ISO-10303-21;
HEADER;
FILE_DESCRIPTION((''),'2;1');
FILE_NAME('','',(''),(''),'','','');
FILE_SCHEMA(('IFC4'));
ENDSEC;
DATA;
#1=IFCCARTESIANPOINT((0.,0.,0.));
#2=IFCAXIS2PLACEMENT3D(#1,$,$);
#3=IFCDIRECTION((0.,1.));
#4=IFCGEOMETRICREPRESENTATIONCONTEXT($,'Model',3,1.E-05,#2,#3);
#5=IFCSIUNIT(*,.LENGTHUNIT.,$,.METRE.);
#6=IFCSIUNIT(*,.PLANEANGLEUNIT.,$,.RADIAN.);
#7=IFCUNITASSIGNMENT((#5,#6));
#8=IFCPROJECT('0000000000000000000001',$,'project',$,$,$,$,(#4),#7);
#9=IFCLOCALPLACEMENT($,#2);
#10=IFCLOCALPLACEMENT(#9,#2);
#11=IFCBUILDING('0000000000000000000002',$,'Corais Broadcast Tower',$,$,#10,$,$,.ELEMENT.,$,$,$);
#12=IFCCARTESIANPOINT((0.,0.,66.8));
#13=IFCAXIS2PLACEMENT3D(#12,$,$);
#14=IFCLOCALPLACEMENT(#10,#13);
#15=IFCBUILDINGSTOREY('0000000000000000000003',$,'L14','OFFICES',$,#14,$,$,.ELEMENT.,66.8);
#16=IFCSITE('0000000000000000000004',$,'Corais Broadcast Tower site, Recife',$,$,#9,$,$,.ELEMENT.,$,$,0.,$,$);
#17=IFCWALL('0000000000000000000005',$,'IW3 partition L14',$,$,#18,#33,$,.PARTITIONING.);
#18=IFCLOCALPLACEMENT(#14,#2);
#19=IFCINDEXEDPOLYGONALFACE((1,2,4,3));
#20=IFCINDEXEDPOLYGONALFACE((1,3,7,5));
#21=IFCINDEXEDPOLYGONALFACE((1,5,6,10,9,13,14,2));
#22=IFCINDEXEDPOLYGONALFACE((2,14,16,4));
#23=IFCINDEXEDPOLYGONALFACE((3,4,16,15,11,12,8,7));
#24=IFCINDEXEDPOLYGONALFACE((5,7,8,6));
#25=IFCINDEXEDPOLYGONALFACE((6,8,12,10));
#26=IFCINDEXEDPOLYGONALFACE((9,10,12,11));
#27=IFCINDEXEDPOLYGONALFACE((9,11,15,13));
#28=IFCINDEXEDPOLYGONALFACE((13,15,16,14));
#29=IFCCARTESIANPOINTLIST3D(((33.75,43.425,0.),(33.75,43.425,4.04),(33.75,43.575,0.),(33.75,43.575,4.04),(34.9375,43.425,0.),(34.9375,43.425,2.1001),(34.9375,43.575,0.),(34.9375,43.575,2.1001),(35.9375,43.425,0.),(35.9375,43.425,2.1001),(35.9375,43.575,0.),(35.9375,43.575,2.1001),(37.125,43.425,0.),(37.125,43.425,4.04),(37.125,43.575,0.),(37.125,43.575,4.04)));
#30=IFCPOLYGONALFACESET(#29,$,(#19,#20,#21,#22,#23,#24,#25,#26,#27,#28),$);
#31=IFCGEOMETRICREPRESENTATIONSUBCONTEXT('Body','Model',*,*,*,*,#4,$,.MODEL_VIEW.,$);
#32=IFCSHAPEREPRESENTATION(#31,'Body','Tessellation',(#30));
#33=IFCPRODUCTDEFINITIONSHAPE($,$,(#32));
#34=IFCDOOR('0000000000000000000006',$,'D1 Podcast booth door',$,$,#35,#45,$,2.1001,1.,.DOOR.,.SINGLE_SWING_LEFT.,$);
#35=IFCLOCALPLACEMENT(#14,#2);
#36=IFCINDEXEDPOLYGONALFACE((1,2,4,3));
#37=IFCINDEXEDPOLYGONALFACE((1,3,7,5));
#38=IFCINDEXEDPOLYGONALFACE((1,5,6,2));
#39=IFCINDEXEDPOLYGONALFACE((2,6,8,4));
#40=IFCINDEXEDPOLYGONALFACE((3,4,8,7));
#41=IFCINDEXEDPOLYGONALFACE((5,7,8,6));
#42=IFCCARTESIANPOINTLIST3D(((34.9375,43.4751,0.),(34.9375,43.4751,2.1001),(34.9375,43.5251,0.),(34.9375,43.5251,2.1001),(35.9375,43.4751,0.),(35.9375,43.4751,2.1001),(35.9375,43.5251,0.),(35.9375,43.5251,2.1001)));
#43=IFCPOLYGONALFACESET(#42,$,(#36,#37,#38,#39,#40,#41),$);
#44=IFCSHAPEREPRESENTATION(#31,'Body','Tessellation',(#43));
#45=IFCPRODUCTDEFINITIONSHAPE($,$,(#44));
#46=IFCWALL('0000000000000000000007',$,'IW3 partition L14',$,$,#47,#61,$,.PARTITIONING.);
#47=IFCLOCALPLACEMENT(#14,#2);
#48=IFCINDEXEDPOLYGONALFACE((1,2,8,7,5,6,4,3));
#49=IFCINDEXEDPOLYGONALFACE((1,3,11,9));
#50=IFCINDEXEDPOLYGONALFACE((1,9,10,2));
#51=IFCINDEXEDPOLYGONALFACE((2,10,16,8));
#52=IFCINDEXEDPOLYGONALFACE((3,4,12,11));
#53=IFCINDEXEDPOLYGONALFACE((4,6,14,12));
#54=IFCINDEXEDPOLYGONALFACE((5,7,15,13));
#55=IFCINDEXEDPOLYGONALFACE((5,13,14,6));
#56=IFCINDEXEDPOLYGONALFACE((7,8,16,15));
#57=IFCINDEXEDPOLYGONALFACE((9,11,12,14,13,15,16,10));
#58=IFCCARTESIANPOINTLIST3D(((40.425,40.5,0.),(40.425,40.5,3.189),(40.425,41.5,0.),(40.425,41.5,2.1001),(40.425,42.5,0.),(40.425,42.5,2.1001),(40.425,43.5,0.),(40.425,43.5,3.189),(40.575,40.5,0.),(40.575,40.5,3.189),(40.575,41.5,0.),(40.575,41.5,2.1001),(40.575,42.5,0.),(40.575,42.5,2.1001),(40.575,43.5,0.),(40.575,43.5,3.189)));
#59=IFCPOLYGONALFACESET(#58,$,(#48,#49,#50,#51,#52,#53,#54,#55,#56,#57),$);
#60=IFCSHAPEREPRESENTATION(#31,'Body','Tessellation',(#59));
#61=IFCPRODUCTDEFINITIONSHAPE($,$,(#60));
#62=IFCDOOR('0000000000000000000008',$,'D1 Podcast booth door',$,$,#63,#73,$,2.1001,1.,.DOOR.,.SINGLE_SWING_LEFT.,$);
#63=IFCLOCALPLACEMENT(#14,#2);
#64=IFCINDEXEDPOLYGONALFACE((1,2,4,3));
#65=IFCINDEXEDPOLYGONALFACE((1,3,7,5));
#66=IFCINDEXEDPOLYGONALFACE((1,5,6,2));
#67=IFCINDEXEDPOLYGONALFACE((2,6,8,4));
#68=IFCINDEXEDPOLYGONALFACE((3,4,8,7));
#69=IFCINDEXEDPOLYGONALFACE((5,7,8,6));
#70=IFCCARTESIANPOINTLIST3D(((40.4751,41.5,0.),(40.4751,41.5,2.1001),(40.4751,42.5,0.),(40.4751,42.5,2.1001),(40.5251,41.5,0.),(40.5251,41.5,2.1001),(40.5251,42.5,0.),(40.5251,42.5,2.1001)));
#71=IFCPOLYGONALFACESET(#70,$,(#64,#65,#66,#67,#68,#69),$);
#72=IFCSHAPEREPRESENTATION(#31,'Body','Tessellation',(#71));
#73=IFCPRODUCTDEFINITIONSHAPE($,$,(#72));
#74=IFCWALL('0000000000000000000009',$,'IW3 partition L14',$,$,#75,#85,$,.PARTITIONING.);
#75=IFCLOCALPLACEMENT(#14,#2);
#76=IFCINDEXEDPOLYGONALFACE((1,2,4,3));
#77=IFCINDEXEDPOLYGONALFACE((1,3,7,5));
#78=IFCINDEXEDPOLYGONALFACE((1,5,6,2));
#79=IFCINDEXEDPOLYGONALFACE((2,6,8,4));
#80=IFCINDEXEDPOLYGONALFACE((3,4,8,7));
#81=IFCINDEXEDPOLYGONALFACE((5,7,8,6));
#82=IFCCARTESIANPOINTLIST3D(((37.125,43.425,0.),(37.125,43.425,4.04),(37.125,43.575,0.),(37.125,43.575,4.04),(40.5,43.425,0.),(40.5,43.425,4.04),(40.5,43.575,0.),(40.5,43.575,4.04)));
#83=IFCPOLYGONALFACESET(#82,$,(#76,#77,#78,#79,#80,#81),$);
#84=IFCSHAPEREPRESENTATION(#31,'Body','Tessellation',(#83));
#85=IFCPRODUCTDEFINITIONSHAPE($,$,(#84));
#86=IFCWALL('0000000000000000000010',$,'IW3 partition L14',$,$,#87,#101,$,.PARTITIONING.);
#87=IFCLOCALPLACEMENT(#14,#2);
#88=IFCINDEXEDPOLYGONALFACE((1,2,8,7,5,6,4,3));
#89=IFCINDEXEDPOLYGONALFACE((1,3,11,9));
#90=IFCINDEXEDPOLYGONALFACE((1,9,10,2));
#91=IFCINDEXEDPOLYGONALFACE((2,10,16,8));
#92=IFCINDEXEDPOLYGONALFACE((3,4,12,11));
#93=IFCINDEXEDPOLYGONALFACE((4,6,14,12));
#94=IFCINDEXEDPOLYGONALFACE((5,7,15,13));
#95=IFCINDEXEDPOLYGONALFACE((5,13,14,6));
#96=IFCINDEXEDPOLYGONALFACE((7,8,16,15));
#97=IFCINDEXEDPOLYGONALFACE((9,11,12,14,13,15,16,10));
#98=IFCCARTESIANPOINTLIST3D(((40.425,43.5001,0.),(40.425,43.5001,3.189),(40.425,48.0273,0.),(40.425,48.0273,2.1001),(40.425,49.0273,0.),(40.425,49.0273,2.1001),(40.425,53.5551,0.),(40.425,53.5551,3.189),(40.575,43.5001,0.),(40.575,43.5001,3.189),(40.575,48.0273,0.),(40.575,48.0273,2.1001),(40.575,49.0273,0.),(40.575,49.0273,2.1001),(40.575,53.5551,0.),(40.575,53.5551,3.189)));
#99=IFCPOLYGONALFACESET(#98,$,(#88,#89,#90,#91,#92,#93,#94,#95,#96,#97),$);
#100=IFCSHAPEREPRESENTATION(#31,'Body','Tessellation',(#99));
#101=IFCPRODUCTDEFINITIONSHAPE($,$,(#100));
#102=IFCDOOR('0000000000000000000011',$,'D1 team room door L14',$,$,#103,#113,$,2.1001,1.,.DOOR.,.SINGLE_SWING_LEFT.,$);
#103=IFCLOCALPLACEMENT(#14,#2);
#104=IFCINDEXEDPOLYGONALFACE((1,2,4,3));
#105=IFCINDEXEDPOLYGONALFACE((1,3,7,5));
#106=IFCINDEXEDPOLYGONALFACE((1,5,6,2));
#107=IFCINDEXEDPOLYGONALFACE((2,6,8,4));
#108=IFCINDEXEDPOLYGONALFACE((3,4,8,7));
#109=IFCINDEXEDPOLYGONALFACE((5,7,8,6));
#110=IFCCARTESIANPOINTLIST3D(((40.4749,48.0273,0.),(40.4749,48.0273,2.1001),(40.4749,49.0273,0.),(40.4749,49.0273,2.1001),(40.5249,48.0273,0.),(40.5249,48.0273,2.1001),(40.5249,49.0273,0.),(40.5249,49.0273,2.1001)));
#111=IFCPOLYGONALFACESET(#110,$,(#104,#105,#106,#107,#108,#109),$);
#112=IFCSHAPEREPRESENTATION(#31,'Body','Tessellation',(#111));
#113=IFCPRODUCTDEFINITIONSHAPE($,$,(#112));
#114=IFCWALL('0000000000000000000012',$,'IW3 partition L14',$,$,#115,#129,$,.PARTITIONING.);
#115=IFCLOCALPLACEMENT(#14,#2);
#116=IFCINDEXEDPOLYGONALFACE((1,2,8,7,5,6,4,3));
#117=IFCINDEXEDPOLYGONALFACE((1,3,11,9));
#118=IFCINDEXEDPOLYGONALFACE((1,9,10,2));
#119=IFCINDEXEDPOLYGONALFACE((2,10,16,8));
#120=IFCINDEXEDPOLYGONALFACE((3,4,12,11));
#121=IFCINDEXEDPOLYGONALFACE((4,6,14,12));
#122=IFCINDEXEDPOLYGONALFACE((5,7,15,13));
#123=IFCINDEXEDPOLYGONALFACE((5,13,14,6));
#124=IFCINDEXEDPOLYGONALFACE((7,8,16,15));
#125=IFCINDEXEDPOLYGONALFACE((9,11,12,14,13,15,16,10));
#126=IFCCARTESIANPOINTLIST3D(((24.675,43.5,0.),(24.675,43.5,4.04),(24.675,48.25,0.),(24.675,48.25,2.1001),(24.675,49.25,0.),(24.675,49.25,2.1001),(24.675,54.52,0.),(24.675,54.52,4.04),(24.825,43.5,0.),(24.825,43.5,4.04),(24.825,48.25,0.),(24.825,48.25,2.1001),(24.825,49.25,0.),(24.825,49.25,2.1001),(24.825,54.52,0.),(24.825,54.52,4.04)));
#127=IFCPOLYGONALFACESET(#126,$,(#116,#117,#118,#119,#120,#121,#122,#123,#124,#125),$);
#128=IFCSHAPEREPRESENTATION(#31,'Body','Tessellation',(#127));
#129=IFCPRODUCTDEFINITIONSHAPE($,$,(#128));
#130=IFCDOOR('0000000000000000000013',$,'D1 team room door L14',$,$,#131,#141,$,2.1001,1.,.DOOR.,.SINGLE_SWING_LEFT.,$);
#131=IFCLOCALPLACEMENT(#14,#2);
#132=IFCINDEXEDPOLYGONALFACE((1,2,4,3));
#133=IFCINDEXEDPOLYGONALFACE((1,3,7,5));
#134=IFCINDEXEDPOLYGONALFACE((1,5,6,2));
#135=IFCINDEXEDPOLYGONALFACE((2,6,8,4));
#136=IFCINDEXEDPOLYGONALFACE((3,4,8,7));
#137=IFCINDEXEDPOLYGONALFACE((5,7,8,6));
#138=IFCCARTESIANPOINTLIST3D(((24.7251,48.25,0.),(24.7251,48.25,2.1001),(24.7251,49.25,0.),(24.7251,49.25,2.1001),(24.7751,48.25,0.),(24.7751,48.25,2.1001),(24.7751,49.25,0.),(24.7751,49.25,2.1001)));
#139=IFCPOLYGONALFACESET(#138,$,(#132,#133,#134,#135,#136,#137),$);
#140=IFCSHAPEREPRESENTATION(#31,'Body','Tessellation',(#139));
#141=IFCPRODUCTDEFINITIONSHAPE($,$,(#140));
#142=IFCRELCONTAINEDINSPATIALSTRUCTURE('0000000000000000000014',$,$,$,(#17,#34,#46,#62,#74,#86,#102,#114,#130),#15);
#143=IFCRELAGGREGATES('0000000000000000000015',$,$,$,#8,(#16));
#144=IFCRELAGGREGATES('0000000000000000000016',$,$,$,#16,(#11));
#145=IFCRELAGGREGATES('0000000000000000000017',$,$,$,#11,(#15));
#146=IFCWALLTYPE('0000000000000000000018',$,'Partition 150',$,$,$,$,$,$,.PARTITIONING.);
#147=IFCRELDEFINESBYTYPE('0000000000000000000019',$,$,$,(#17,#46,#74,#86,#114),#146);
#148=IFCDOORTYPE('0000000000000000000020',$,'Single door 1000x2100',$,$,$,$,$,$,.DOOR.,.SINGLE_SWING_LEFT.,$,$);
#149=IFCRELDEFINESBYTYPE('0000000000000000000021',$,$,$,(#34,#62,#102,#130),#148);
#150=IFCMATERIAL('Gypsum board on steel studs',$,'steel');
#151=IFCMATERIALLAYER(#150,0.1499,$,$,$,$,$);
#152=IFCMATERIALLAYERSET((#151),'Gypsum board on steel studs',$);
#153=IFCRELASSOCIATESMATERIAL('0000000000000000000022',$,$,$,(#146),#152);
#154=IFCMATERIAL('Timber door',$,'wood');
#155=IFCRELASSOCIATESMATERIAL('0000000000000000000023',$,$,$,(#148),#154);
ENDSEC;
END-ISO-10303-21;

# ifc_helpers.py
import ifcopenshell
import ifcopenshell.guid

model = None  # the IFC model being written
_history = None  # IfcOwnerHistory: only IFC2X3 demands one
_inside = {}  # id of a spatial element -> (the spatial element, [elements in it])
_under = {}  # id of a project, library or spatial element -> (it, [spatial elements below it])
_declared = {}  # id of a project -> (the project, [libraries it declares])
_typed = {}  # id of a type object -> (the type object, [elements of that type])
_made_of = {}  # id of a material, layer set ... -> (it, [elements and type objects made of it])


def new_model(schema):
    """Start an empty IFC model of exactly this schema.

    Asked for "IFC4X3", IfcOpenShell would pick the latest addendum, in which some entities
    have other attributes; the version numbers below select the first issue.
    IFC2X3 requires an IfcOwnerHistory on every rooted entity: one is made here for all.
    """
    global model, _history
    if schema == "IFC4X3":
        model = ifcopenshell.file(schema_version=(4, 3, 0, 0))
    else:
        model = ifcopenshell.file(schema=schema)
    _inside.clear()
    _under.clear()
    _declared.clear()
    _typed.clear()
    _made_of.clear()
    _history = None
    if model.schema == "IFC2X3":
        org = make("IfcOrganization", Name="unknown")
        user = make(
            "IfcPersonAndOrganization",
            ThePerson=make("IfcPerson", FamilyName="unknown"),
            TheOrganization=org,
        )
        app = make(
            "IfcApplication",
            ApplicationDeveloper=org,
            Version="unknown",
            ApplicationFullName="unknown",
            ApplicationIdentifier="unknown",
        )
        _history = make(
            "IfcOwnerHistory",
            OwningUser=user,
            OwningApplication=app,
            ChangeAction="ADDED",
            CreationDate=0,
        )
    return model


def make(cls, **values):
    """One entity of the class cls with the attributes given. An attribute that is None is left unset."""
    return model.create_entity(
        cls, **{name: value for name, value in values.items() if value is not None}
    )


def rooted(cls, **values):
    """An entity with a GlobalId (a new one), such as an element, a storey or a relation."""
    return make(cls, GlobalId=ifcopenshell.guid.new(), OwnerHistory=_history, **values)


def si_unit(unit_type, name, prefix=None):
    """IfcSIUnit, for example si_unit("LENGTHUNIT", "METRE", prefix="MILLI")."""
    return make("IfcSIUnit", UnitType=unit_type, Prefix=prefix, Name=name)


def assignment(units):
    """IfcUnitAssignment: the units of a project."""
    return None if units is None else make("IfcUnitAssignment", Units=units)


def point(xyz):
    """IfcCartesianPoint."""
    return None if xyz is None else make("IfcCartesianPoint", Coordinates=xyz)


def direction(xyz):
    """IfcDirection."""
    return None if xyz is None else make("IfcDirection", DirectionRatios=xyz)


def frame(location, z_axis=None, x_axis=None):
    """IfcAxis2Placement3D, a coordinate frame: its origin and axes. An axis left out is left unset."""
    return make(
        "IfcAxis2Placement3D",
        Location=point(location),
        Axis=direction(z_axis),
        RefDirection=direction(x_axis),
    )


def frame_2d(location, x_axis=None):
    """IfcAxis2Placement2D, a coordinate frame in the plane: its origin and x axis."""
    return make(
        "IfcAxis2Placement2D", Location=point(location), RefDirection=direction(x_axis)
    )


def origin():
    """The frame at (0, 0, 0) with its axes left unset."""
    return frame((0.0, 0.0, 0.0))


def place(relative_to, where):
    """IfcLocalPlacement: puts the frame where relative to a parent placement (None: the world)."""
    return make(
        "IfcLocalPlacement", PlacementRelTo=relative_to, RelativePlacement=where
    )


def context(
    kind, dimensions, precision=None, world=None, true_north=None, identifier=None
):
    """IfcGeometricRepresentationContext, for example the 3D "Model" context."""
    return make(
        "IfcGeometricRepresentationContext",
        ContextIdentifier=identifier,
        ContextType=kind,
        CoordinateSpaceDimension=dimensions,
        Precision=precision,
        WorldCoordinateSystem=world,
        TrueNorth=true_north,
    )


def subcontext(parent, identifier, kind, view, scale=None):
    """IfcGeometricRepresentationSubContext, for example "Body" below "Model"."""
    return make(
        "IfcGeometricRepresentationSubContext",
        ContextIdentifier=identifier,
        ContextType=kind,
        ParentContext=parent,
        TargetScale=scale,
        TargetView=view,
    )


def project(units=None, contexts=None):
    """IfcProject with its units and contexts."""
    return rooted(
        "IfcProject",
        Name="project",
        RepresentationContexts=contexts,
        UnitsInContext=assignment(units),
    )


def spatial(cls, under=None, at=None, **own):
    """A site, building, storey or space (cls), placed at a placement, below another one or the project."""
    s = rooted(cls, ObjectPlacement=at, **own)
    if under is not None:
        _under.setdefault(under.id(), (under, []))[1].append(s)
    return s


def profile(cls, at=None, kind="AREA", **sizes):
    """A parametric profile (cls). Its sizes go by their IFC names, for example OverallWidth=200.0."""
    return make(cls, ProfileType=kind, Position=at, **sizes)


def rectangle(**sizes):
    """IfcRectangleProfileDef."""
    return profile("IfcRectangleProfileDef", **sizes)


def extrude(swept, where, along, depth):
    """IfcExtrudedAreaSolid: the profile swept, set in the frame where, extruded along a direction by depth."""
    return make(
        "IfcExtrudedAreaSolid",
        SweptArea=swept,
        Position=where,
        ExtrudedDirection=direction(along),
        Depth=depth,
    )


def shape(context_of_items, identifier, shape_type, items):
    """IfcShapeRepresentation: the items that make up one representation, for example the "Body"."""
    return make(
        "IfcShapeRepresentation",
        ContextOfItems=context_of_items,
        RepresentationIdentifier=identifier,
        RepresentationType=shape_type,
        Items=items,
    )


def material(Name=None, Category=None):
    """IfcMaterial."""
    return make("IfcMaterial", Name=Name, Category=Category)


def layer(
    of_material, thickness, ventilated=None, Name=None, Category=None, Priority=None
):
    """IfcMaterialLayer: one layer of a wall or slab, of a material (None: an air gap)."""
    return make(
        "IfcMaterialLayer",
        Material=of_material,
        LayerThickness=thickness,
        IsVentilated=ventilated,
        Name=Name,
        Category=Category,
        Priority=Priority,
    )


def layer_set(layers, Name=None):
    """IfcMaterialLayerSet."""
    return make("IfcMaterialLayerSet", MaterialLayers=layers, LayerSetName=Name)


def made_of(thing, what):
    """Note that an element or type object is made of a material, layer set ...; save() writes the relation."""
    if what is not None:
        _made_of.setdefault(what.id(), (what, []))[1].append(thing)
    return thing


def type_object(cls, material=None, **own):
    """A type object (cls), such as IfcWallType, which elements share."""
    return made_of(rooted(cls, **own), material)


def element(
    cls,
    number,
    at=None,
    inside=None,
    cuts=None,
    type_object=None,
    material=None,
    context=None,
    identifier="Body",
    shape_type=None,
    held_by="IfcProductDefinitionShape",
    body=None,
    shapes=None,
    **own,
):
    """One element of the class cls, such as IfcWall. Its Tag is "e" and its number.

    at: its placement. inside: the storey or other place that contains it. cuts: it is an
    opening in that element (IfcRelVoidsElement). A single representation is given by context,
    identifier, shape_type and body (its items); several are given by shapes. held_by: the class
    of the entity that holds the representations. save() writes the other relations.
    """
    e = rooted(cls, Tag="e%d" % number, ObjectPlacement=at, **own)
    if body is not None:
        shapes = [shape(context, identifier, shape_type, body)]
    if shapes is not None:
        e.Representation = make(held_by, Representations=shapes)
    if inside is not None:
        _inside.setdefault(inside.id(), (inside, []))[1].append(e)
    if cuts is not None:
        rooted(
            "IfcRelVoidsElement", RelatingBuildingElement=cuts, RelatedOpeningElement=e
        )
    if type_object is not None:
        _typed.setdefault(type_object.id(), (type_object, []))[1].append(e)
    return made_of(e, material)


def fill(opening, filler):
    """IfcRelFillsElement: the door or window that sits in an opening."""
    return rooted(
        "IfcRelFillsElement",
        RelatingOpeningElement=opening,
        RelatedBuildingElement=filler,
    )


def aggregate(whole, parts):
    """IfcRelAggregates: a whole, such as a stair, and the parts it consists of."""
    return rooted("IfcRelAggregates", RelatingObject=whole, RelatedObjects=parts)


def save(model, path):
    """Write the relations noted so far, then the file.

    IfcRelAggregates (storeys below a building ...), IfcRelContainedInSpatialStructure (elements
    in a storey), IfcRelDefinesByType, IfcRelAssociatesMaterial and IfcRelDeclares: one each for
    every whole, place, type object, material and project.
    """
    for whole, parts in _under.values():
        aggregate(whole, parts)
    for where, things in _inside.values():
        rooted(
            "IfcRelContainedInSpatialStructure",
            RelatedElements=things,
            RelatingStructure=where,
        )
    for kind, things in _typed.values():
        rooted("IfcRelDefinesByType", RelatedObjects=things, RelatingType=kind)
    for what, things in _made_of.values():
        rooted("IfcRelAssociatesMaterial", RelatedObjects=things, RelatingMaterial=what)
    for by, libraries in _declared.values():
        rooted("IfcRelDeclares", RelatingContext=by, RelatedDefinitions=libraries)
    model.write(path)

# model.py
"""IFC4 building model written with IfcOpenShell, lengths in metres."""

from ifc_helpers import new_model, si_unit, direction, frame, frame_2d, origin, place, context, subcontext, project, spatial, rectangle, extrude, material, layer, layer_set, type_object, element, fill, save


model = new_model("IFC4")

# Units and contexts
model_context = context("Model", 3, precision=1e-05, world=origin(), true_north=direction((0.0, 1.0)))
body_context = subcontext(model_context, "Body", "Model", "MODEL_VIEW")
ifc_project = project(units=[si_unit("LENGTHUNIT", "METRE"), si_unit("PLANEANGLEUNIT", "RADIAN")], contexts=[model_context])

# Site, building, storey
site_placement = place(None, origin())
site = spatial("IfcSite", under=ifc_project, at=site_placement, Name="Corais Broadcast Tower site, Recife", CompositionType="ELEMENT", RefElevation=0.0)
building_placement = place(site_placement, origin())
building = spatial("IfcBuilding", under=site, at=building_placement, Name="Corais Broadcast Tower", CompositionType="ELEMENT")
storey_placement = place(building_placement, frame((0.0, 0.0, 66.8)))
storey = spatial("IfcBuildingStorey", under=building, at=storey_placement, Name="L14", Description="OFFICES", CompositionType="ELEMENT", Elevation=66.8)

# Shared definitions
ifc_material_1 = material(Name="Gypsum board on steel studs", Category="steel")
ifc_layer_1 = layer(ifc_material_1, 0.1499)
ifc_layer_set_1 = layer_set([ifc_layer_1], Name="Gypsum board on steel studs")
wall_type_1 = type_object("IfcWallType", Name="Partition 150", PredefinedType="PARTITIONING", material=ifc_layer_set_1)

# Shared definitions
ifc_material_2 = material(Name="Timber door", Category="wood")
door_type = type_object("IfcDoorType", Name="Single door 1000x2100", OperationType="SINGLE_SWING_LEFT", PredefinedType="DOOR", material=ifc_material_2)

# Walls, openings, doors
wall_1_placement = place(storey_placement, frame((37.125, 43.5, 0.0), z_axis=(0.0, 0.0, 1.0), x_axis=(-1.0, 0.0, 0.0)))
wall_1 = element("IfcWall", 1, at=wall_1_placement, inside=storey, type_object=wall_type_1, Name="IW3 partition L14", PredefinedType="PARTITIONING", context=body_context, shape_type="SweptSolid", body=[
    extrude(rectangle(XDim=3.375, YDim=0.1499, at=frame_2d((1.6875, 0.0))), origin(), (0.0, 0.0, 1.0), 4.04),
])
opening_1_placement = place(wall_1_placement, frame((1.1875, 0.0, 0.0)))
opening_1 = element("IfcOpeningElement", 2, at=opening_1_placement, cuts=wall_1, PredefinedType="OPENING", context=body_context, shape_type="SweptSolid", body=[
    extrude(rectangle(XDim=1.0, YDim=2.1001, at=frame_2d((0.5, 1.05))), frame((0.0, 0.085, 0.0), z_axis=(0.0, -1.0, 0.0), x_axis=(1.0, 0.0, 0.0)), (0.0, 0.0, 1.0), 0.1699),
])
door_1_placement = place(opening_1_placement, origin())
door_1 = element("IfcDoor", 3, at=door_1_placement, inside=storey, type_object=door_type, Name="D1 Podcast booth door", OperationType="SINGLE_SWING_LEFT", OverallHeight=2.1001, OverallWidth=1.0, PredefinedType="DOOR", context=body_context, shape_type="SweptSolid", body=[
    extrude(rectangle(XDim=1.0, YDim=2.1001, at=frame_2d((0.5, 1.05))), frame((0.0, 0.0249, 0.0), z_axis=(0.0, -1.0, 0.0), x_axis=(1.0, 0.0, 0.0)), (0.0, 0.0, 1.0), 0.05),
])
fill(opening_1, door_1)
wall_2_placement = place(storey_placement, frame((40.5, 40.5, 0.0), z_axis=(0.0, 0.0, 1.0), x_axis=(0.0, 1.0, 0.0)))
wall_2 = element("IfcWall", 4, at=wall_2_placement, inside=storey, type_object=wall_type_1, Name="IW3 partition L14", PredefinedType="PARTITIONING", context=body_context, shape_type="SweptSolid", body=[
    extrude(rectangle(XDim=3.0, YDim=0.1499, at=frame_2d((1.5, 0.0))), origin(), (0.0, 0.0, 1.0), 3.189),
])
opening_2_placement = place(wall_2_placement, frame((1.0, 0.0, 0.0)))
opening_2 = element("IfcOpeningElement", 5, at=opening_2_placement, cuts=wall_2, PredefinedType="OPENING", context=body_context, shape_type="SweptSolid", body=[
    extrude(rectangle(XDim=1.0, YDim=2.1001, at=frame_2d((0.5, 1.05))), frame((0.0, 0.085, 0.0), z_axis=(0.0, -1.0, 0.0), x_axis=(1.0, 0.0, 0.0)), (0.0, 0.0, 1.0), 0.1699),
])
door_2_placement = place(opening_2_placement, origin())
door_2 = element("IfcDoor", 6, at=door_2_placement, inside=storey, type_object=door_type, Name="D1 Podcast booth door", OperationType="SINGLE_SWING_LEFT", OverallHeight=2.1001, OverallWidth=1.0, PredefinedType="DOOR", context=body_context, shape_type="SweptSolid", body=[
    extrude(rectangle(XDim=1.0, YDim=2.1001, at=frame_2d((0.5, 1.05))), frame((0.0, 0.0249, 0.0), z_axis=(0.0, -1.0, 0.0), x_axis=(1.0, 0.0, 0.0)), (0.0, 0.0, 1.0), 0.05),
])
fill(opening_2, door_2)

# Wall
wall_3_placement = place(storey_placement, frame((40.5, 43.5, 0.0), z_axis=(0.0, 0.0, 1.0), x_axis=(-1.0, 0.0, 0.0)))
element("IfcWall", 7, at=wall_3_placement, inside=storey, type_object=wall_type_1, Name="IW3 partition L14", PredefinedType="PARTITIONING", context=body_context, shape_type="SweptSolid", body=[
    extrude(rectangle(XDim=3.375, YDim=0.1499, at=frame_2d((1.6875, 0.0))), origin(), (0.0, 0.0, 1.0), 4.04),
])

# Walls, openings, doors
wall_4_placement = place(storey_placement, frame((40.5, 53.5549, 0.0), z_axis=(0.0, 0.0, 1.0), x_axis=(0.0, -1.0, 0.0)))
wall_4 = element("IfcWall", 8, at=wall_4_placement, inside=storey, type_object=wall_type_1, Name="IW3 partition L14", PredefinedType="PARTITIONING", context=body_context, shape_type="SweptSolid", body=[
    extrude(rectangle(XDim=10.0549, YDim=0.1499, at=frame_2d((5.0273, 0.0))), origin(), (0.0, 0.0, 1.0), 3.189),
])
opening_3_placement = place(wall_4_placement, frame((4.5276, 0.0, 0.0)))
opening_3 = element("IfcOpeningElement", 9, at=opening_3_placement, cuts=wall_4, PredefinedType="OPENING", context=body_context, shape_type="SweptSolid", body=[
    extrude(rectangle(XDim=1.0, YDim=2.1001, at=frame_2d((0.5, 1.05))), frame((0.0, 0.085, 0.0), z_axis=(0.0, -1.0, 0.0), x_axis=(1.0, 0.0, 0.0)), (0.0, 0.0, 1.0), 0.1699),
])
door_3_placement = place(opening_3_placement, origin())
door_3 = element("IfcDoor", 10, at=door_3_placement, inside=storey, type_object=door_type, Name="D1 team room door L14", OperationType="SINGLE_SWING_LEFT", OverallHeight=2.1001, OverallWidth=1.0, PredefinedType="DOOR", context=body_context, shape_type="SweptSolid", body=[
    extrude(rectangle(XDim=1.0, YDim=2.1001, at=frame_2d((0.5, 1.05))), frame((0.0, 0.0249, 0.0), z_axis=(0.0, -1.0, 0.0), x_axis=(1.0, 0.0, 0.0)), (0.0, 0.0, 1.0), 0.05),
])
fill(opening_3, door_3)
wall_5_placement = place(storey_placement, frame((24.75, 43.5, 0.0), z_axis=(0.0, 0.0, 1.0), x_axis=(0.0, 1.0, 0.0)))
wall_5 = element("IfcWall", 11, at=wall_5_placement, inside=storey, type_object=wall_type_1, Name="IW3 partition L14", PredefinedType="PARTITIONING", context=body_context, shape_type="SweptSolid", body=[
    extrude(rectangle(XDim=11.02, YDim=0.1499, at=frame_2d((5.51, 0.0))), origin(), (0.0, 0.0, 1.0), 4.04),
])
opening_4_placement = place(wall_5_placement, frame((4.75, 0.0, 0.0)))
opening_4 = element("IfcOpeningElement", 12, at=opening_4_placement, cuts=wall_5, PredefinedType="OPENING", context=body_context, shape_type="SweptSolid", body=[
    extrude(rectangle(XDim=1.0, YDim=2.1001, at=frame_2d((0.5, 1.05))), frame((0.0, 0.085, 0.0), z_axis=(0.0, -1.0, 0.0), x_axis=(1.0, 0.0, 0.0)), (0.0, 0.0, 1.0), 0.1699),
])
door_4_placement = place(opening_4_placement, origin())
door_4 = element("IfcDoor", 13, at=door_4_placement, inside=storey, type_object=door_type, Name="D1 team room door L14", OperationType="SINGLE_SWING_LEFT", OverallHeight=2.1001, OverallWidth=1.0, PredefinedType="DOOR", context=body_context, shape_type="SweptSolid", body=[
    extrude(rectangle(XDim=1.0, YDim=2.1001, at=frame_2d((0.5, 1.05))), frame((0.0, 0.0249, 0.0), z_axis=(0.0, -1.0, 0.0), x_axis=(1.0, 0.0, 0.0)), (0.0, 0.0, 1.0), 0.05),
])
fill(opening_4, door_4)

save(model, "model.ifc")
